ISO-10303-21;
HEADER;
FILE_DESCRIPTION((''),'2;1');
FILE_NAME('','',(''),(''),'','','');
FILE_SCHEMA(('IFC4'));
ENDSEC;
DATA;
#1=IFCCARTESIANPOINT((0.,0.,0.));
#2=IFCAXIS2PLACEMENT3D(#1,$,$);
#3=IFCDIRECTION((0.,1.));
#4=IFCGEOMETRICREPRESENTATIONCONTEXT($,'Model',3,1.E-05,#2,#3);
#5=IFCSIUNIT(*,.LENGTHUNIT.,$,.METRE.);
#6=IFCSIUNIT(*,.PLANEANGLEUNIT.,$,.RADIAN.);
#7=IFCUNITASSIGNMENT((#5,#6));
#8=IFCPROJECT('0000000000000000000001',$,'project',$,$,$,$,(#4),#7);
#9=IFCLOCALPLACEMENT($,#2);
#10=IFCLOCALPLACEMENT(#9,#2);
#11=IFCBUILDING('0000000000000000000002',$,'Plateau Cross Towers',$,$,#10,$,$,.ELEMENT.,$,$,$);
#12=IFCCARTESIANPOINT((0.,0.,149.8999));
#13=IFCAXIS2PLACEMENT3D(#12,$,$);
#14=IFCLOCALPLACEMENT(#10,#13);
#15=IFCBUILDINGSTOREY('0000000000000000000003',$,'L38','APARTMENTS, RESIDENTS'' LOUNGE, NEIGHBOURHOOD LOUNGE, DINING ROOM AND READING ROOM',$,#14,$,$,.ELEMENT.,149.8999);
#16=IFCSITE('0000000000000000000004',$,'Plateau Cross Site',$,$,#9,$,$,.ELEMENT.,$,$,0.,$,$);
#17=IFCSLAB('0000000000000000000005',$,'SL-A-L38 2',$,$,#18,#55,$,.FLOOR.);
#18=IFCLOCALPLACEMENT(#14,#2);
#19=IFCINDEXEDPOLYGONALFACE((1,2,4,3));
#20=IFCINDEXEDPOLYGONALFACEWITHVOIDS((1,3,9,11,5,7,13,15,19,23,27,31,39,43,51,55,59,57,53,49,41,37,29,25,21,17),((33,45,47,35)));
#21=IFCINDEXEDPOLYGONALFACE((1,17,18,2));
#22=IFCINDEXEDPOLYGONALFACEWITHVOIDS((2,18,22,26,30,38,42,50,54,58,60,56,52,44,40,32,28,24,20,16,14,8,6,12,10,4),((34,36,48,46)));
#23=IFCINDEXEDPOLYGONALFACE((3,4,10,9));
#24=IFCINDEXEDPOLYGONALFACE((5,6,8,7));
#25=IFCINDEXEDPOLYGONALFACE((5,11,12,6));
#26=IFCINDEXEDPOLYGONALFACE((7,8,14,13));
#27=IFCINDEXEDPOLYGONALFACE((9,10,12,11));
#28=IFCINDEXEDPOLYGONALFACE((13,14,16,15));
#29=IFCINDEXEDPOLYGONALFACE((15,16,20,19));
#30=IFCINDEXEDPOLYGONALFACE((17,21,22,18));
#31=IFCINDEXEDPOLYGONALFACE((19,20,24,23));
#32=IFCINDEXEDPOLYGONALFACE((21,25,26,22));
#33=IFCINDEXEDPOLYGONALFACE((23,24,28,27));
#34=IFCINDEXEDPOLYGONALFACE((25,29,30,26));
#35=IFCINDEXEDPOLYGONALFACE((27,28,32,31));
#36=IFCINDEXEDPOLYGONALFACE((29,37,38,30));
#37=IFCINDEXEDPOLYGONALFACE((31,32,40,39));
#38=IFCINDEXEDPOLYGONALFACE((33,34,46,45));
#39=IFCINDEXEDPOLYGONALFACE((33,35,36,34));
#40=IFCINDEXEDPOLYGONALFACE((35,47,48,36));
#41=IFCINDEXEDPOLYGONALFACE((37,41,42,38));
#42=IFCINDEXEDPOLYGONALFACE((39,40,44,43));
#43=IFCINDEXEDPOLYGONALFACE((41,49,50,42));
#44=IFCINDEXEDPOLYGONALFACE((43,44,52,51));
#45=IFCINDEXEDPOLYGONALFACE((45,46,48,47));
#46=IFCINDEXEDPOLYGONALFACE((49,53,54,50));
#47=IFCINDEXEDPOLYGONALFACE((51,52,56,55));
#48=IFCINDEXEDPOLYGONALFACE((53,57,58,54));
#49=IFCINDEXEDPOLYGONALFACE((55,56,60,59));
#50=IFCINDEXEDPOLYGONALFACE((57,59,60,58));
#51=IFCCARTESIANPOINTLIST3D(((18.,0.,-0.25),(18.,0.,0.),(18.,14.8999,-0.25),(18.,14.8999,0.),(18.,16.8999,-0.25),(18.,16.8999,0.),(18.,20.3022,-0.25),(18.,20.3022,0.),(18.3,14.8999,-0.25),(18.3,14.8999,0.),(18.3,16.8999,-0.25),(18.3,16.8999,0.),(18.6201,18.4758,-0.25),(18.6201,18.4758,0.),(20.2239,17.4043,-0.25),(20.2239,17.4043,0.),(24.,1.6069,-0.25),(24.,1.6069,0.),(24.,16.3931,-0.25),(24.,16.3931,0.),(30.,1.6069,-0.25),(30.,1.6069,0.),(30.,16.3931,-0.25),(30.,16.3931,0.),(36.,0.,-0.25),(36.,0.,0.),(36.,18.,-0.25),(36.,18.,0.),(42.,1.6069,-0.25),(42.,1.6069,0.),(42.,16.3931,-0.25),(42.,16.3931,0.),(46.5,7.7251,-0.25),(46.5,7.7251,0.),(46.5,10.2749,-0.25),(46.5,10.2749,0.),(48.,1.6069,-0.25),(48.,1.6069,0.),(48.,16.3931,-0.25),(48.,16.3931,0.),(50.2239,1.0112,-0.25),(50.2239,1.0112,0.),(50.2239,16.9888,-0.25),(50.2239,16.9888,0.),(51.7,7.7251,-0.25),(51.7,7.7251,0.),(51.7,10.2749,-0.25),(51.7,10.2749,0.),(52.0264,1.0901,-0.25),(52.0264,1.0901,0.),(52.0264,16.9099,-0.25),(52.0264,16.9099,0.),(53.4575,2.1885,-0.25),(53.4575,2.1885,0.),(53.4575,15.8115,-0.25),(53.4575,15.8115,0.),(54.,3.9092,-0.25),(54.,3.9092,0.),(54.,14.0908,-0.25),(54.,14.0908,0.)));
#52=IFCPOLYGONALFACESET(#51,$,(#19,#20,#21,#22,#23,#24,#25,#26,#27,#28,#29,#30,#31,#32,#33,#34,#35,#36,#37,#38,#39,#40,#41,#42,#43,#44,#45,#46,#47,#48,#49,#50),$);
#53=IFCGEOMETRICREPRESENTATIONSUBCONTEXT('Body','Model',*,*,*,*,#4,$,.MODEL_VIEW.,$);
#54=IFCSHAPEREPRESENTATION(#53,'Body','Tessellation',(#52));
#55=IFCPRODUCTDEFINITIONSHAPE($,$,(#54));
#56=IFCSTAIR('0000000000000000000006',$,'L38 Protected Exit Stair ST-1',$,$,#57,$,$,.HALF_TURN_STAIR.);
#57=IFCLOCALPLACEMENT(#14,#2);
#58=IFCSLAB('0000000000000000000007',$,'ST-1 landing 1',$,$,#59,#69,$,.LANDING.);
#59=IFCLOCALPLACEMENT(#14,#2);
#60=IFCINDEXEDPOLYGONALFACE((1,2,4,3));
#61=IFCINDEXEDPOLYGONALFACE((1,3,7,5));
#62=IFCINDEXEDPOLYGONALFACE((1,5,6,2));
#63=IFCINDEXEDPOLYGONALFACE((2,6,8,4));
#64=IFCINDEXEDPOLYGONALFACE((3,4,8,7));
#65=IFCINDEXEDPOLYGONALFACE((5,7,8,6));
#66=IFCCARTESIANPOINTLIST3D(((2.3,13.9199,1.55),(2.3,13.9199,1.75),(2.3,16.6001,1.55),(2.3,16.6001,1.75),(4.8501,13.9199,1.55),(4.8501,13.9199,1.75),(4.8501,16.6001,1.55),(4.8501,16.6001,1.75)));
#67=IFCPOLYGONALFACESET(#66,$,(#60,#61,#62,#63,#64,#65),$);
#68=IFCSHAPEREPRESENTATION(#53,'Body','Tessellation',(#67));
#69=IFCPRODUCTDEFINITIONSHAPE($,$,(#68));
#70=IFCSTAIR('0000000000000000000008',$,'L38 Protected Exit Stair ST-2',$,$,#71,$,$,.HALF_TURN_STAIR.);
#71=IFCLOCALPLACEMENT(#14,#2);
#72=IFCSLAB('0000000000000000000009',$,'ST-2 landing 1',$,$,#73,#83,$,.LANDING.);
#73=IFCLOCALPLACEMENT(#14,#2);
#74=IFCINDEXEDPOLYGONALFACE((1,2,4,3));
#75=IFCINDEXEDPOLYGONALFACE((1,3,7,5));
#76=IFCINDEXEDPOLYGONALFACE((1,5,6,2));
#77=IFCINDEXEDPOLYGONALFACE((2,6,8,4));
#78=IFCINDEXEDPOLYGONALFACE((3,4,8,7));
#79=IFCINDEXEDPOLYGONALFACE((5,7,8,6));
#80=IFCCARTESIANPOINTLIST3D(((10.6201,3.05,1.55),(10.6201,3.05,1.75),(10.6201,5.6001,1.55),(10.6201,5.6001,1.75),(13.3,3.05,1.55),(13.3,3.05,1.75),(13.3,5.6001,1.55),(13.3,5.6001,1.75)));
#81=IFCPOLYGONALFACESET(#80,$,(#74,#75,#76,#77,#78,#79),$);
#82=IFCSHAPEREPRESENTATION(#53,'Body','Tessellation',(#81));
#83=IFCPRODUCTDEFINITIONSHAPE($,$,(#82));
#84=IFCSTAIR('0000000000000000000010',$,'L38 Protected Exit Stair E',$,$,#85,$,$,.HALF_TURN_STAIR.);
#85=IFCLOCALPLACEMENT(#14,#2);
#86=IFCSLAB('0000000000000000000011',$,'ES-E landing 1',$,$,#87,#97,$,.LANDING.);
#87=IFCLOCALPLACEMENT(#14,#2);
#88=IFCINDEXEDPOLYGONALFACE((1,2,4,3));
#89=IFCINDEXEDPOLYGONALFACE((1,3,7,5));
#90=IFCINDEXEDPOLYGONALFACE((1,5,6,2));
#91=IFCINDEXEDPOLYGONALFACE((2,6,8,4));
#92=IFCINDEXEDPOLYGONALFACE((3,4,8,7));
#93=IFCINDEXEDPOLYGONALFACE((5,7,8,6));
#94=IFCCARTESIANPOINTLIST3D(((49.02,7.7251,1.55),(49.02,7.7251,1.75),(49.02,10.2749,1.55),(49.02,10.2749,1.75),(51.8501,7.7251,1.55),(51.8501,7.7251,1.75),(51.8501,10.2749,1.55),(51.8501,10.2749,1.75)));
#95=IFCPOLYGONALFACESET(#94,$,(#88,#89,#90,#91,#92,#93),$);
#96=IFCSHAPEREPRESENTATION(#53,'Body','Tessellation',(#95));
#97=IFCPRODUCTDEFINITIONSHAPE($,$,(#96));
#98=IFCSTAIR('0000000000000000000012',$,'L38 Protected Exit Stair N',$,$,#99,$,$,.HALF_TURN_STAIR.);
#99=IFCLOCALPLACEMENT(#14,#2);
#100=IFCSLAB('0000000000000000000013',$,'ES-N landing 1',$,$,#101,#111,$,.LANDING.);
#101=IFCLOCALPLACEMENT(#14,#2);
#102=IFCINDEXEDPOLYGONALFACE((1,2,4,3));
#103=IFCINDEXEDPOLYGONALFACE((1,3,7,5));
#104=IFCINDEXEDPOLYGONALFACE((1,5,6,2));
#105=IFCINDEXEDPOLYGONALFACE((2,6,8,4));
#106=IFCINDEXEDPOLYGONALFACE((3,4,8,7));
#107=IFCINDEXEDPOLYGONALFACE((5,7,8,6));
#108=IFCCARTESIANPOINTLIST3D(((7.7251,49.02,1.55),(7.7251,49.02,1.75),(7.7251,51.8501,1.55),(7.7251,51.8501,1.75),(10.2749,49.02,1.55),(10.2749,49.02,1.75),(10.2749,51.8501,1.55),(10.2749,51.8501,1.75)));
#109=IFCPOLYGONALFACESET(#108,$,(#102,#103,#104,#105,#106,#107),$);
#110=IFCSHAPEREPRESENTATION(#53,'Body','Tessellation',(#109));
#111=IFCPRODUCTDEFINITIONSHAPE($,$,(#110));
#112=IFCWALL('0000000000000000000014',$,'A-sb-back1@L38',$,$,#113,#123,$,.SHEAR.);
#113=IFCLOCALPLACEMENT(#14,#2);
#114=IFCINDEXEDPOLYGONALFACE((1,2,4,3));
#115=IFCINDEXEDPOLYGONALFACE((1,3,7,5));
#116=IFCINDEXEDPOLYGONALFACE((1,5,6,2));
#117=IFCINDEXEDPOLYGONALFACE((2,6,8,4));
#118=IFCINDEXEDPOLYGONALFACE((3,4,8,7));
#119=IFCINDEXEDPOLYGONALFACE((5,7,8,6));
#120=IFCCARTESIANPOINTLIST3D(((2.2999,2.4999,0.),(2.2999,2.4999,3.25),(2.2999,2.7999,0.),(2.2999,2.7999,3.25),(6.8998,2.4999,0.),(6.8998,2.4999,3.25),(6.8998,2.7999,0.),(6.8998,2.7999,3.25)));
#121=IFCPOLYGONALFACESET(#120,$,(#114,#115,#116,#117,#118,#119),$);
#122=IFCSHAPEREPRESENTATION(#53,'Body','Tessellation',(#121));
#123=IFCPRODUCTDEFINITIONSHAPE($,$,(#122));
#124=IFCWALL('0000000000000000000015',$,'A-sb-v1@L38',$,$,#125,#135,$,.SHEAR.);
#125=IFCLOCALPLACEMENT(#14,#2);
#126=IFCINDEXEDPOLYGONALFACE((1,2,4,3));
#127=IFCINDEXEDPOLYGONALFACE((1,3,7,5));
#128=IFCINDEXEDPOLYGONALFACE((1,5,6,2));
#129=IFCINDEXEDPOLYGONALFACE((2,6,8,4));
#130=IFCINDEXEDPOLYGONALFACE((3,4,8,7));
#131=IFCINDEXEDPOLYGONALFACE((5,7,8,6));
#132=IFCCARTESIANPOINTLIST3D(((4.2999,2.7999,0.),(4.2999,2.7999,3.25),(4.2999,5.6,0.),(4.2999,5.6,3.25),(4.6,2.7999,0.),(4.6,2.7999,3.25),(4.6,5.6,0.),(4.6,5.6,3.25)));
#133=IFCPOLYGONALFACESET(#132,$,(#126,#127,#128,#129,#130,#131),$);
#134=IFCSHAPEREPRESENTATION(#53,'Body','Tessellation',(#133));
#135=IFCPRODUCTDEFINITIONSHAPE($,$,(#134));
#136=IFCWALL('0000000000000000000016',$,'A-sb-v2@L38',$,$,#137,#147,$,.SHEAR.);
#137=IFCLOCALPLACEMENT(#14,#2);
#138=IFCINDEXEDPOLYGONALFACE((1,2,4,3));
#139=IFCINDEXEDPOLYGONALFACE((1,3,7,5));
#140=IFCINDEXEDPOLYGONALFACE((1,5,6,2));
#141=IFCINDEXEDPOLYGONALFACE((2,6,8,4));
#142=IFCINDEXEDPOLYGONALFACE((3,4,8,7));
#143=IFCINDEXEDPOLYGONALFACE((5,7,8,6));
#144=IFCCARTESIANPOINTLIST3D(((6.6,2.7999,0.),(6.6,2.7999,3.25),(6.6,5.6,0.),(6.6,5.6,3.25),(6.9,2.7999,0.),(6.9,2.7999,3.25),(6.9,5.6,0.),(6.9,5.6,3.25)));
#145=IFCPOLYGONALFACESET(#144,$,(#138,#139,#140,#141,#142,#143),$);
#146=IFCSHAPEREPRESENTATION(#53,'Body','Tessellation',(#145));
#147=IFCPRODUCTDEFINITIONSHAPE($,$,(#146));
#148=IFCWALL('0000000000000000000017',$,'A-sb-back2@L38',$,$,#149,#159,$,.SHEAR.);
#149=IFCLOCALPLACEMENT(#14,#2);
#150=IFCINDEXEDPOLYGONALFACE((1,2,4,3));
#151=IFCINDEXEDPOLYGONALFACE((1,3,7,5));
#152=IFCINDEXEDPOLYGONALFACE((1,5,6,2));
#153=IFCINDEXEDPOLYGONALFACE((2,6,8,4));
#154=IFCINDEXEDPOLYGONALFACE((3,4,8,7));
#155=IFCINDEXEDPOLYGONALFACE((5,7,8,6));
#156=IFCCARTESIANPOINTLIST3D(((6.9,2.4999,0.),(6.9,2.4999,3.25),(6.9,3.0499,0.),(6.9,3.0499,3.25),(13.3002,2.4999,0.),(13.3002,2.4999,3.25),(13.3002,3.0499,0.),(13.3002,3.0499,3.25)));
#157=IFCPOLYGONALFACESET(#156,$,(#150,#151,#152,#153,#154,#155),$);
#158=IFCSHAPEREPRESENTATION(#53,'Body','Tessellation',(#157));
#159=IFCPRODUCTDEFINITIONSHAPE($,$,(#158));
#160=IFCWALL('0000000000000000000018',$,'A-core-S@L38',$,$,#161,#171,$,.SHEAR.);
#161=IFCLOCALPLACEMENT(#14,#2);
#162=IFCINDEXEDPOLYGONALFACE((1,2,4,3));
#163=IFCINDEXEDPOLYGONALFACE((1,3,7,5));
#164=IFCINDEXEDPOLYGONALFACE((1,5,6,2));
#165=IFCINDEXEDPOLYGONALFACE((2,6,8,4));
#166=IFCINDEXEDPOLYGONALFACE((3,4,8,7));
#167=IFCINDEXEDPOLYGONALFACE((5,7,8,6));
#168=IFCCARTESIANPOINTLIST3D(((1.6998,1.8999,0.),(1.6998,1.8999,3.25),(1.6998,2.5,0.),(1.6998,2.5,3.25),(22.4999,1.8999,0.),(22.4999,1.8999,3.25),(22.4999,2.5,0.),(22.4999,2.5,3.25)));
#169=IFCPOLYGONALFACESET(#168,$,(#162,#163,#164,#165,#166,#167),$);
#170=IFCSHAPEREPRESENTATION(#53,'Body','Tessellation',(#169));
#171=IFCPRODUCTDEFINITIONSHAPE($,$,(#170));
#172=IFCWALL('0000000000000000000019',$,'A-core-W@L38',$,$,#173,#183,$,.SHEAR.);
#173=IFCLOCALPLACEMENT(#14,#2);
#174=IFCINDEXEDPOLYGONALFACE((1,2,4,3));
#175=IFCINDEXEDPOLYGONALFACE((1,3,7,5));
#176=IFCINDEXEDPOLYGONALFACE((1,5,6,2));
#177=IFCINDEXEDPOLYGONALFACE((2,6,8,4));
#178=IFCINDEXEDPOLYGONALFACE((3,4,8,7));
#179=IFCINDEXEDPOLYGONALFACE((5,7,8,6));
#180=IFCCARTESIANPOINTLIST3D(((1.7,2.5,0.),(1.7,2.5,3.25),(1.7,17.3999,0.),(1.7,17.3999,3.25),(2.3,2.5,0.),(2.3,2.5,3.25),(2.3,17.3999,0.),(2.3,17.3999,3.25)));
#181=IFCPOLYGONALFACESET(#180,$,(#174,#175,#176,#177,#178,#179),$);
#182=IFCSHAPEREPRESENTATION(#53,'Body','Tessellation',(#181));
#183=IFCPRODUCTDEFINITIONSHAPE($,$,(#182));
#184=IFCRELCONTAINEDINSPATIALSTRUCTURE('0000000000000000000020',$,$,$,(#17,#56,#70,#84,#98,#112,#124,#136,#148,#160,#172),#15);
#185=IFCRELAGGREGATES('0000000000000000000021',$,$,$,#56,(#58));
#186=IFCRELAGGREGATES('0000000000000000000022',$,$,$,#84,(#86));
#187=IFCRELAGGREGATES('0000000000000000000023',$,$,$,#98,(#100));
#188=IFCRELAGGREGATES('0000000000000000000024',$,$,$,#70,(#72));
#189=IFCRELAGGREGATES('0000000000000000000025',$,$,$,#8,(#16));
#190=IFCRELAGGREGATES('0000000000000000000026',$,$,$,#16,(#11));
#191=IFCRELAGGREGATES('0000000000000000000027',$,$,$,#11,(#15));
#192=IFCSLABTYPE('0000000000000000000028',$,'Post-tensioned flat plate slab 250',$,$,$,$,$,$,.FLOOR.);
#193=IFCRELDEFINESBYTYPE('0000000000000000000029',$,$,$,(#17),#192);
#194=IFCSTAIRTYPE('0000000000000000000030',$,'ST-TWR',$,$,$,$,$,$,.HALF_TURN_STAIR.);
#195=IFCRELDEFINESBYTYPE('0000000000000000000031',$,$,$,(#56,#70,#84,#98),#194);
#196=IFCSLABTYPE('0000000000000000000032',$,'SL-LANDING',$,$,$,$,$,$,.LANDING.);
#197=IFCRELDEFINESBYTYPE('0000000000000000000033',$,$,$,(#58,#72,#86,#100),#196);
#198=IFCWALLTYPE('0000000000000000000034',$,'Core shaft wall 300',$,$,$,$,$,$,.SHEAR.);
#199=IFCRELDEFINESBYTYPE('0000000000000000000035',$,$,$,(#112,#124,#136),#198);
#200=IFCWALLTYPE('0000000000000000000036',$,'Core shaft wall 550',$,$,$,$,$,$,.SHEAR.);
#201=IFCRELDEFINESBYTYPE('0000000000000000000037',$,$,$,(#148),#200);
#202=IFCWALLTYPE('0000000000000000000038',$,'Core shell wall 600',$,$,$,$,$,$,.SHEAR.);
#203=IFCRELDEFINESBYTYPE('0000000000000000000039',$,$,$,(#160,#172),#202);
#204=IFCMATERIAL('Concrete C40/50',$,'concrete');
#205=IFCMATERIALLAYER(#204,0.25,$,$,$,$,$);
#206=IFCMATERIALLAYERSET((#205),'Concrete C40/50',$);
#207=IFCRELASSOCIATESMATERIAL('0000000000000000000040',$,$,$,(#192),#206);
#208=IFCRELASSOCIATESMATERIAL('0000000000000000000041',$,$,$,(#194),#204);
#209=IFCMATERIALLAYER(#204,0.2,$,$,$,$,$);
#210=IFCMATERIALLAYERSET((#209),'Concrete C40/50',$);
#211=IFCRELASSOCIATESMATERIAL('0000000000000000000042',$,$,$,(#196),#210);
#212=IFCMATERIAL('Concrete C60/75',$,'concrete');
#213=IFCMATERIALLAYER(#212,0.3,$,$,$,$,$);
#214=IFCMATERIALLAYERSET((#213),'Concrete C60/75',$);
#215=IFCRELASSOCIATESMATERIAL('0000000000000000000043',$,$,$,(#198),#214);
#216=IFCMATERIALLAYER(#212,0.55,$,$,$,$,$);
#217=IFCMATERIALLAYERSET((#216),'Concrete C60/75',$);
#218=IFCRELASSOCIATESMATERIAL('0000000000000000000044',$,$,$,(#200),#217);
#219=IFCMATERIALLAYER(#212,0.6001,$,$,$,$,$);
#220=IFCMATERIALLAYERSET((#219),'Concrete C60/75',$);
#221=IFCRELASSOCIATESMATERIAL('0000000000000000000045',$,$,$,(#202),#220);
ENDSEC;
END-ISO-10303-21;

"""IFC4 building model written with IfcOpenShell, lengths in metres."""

from ifc_helpers import new_model, si_unit, direction, frame, frame_2d, origin, place, context, subcontext, project, spatial, polyline, rectangle, outline, extrude, material, layer, layer_set, type_object, element, aggregate, save


model = new_model("IFC4")

# Units and contexts
model_context = context("Model", 3, precision=1e-05, world=origin(), true_north=direction((0.0, 1.0)))
body_context = subcontext(model_context, "Body", "Model", "MODEL_VIEW")
ifc_project = project(units=[si_unit("LENGTHUNIT", "METRE"), si_unit("PLANEANGLEUNIT", "RADIAN")], contexts=[model_context])

# Site, building, storey
site_placement = place(None, origin())
site = spatial("IfcSite", under=ifc_project, at=site_placement, Name="Plateau Cross Site", CompositionType="ELEMENT", RefElevation=0.0)
building_placement = place(site_placement, origin())
building = spatial("IfcBuilding", under=site, at=building_placement, Name="Plateau Cross Towers", CompositionType="ELEMENT")
storey_placement = place(building_placement, frame((0.0, 0.0, 149.8999)))
storey = spatial("IfcBuildingStorey", under=building, at=storey_placement, Name="L38", Description="APARTMENTS, RESIDENTS' LOUNGE, NEIGHBOURHOOD LOUNGE, DINING ROOM AND READING ROOM", CompositionType="ELEMENT", Elevation=149.8999)

# Shared definitions
ifc_material_1 = material(Name="Concrete C60/75", Category="concrete")

# Shared definitions
ifc_material_2 = material(Name="Concrete C40/50", Category="concrete")

# Slab
ifc_layer_1 = layer(ifc_material_2, 0.25)
ifc_layer_set_1 = layer_set([ifc_layer_1], Name="Concrete C40/50")
slab_type_1 = type_object("IfcSlabType", Name="Post-tensioned flat plate slab 250", PredefinedType="FLOOR", material=ifc_layer_set_1)
slab_1_placement = place(storey_placement, frame((0.0, 0.0, -0.25)))
element("IfcSlab", 1, at=slab_1_placement, inside=storey, type_object=slab_type_1, Name="SL-A-L38 2", PredefinedType="FLOOR", context=body_context, shape_type="SweptSolid", body=[
    extrude(outline(polyline([(18.6201, 18.4758), (20.2239, 17.4043), (24.0, 16.3931), (30.0, 16.3931), (36.0, 18.0), (42.0, 16.3931), (48.0, 16.3931), (50.2239, 16.9888), (52.0264, 16.9099), (53.4575, 15.8115), (54.0, 14.0908), (54.0, 3.9092), (53.4575, 2.1885), (52.0264, 1.0901), (50.2239, 1.0112), (48.0, 1.6069), (42.0, 1.6069), (36.0, 0.0), (30.0, 1.6069), (24.0, 1.6069), (18.0, 0.0), (18.0, 14.8999), (18.3, 14.8999), (18.3, 16.8999), (18.0, 16.8999), (18.0, 20.3022), (18.6201, 18.4758)]), holes=[polyline([(46.5, 10.2749), (46.5, 7.7251), (51.7, 7.7251), (51.7, 10.2749), (46.5, 10.2749)])]), origin(), (0.0, 0.0, 1.0), 0.25),
])

# Stairs, slabs
stair_type = type_object("IfcStairType", Name="ST-TWR", PredefinedType="HALF_TURN_STAIR", material=ifc_material_2)
stair_1_placement = place(storey_placement, origin())
stair_1 = element("IfcStair", 2, at=stair_1_placement, inside=storey, type_object=stair_type, Name="L38 Protected Exit Stair ST-1", PredefinedType="HALF_TURN_STAIR")
ifc_layer_2 = layer(ifc_material_2, 0.2)
ifc_layer_set_2 = layer_set([ifc_layer_2], Name="Concrete C40/50")
slab_type_2 = type_object("IfcSlabType", Name="SL-LANDING", PredefinedType="LANDING", material=ifc_layer_set_2)
slab_2_placement = place(storey_placement, frame((0.0, 0.0, 1.55)))
slab_2 = element("IfcSlab", 3, at=slab_2_placement, type_object=slab_type_2, Name="ST-1 landing 1", PredefinedType="LANDING", context=body_context, shape_type="SweptSolid", body=[
    extrude(outline(polyline([(4.8501, 13.9199), (4.8501, 16.6001), (2.3, 16.6001), (2.3, 13.9199), (4.8501, 13.9199)])), origin(), (0.0, 0.0, 1.0), 0.2),
])
aggregate(stair_1, [slab_2])
stair_2_placement = place(storey_placement, origin())
stair_2 = element("IfcStair", 4, at=stair_2_placement, inside=storey, type_object=stair_type, Name="L38 Protected Exit Stair ST-2", PredefinedType="HALF_TURN_STAIR")
slab_3_placement = place(storey_placement, frame((0.0, 0.0, 1.55)))
slab_3 = element("IfcSlab", 5, at=slab_3_placement, type_object=slab_type_2, Name="ST-2 landing 1", PredefinedType="LANDING", context=body_context, shape_type="SweptSolid", body=[
    extrude(outline(polyline([(10.6201, 3.05), (13.3, 3.05), (13.3, 5.6001), (10.6201, 5.6001), (10.6201, 3.05)])), origin(), (0.0, 0.0, 1.0), 0.2),
])
stair_3_placement = place(storey_placement, origin())
stair_3 = element("IfcStair", 6, at=stair_3_placement, inside=storey, type_object=stair_type, Name="L38 Protected Exit Stair E", PredefinedType="HALF_TURN_STAIR")
slab_4_placement = place(storey_placement, frame((0.0, 0.0, 1.55)))
slab_4 = element("IfcSlab", 7, at=slab_4_placement, type_object=slab_type_2, Name="ES-E landing 1", PredefinedType="LANDING", context=body_context, shape_type="SweptSolid", body=[
    extrude(outline(polyline([(49.02, 7.7251), (51.8501, 7.7251), (51.8501, 10.2749), (49.02, 10.2749), (49.02, 7.7251)])), origin(), (0.0, 0.0, 1.0), 0.2),
])
aggregate(stair_3, [slab_4])
stair_4_placement = place(storey_placement, origin())
stair_4 = element("IfcStair", 8, at=stair_4_placement, inside=storey, type_object=stair_type, Name="L38 Protected Exit Stair N", PredefinedType="HALF_TURN_STAIR")
slab_5_placement = place(storey_placement, frame((0.0, 0.0, 1.55)))
slab_5 = element("IfcSlab", 9, at=slab_5_placement, type_object=slab_type_2, Name="ES-N landing 1", PredefinedType="LANDING", context=body_context, shape_type="SweptSolid", body=[
    extrude(outline(polyline([(10.2749, 49.02), (10.2749, 51.8501), (7.7251, 51.8501), (7.7251, 49.02), (10.2749, 49.02)])), origin(), (0.0, 0.0, 1.0), 0.2),
])
aggregate(stair_4, [slab_5])

# Walls
ifc_layer_3 = layer(ifc_material_1, 0.3)
ifc_layer_set_3 = layer_set([ifc_layer_3], Name="Concrete C60/75")
wall_type_1 = type_object("IfcWallType", Name="Core shaft wall 300", PredefinedType="SHEAR", material=ifc_layer_set_3)
wall_1_placement = place(storey_placement, frame((2.3, 2.6499, 0.0), z_axis=(0.0, 0.0, 1.0), x_axis=(1.0, 0.0, 0.0)))
element("IfcWall", 10, at=wall_1_placement, inside=storey, type_object=wall_type_1, Name="A-sb-back1@L38", PredefinedType="SHEAR", context=body_context, shape_type="SweptSolid", body=[
    extrude(rectangle(XDim=4.5999, YDim=0.3, at=frame_2d((2.2998, 0.0))), origin(), (0.0, 0.0, 1.0), 3.25),
])
for number, where, z_axis, x_axis, name in (
    (11, (4.45, 2.8, 0.0), (0.0, 0.0, 1.0), (0.0, 1.0, 0.0), "A-sb-v1@L38"),
    (12, (6.75, 2.8, 0.0), (0.0, 0.0, 1.0), (0.0, 1.0, 0.0), "A-sb-v2@L38"),
):
    element("IfcWall", number, at=place(storey_placement, frame(where, z_axis=z_axis, x_axis=x_axis)), inside=storey, type_object=wall_type_1, Name=name, PredefinedType="SHEAR", context=body_context, shape_type="SweptSolid", body=[
        extrude(rectangle(XDim=2.8, YDim=0.3, at=frame_2d((1.3999, 0.0))), origin(), (0.0, 0.0, 1.0), 3.25),
    ])
ifc_layer_4 = layer(ifc_material_1, 0.55)
ifc_layer_set_4 = layer_set([ifc_layer_4], Name="Concrete C60/75")
wall_type_2 = type_object("IfcWallType", Name="Core shaft wall 550", PredefinedType="SHEAR", material=ifc_layer_set_4)
wall_2_placement = place(storey_placement, frame((6.8999, 2.7749, 0.0), z_axis=(0.0, 0.0, 1.0), x_axis=(1.0, 0.0, 0.0)))
element("IfcWall", 13, at=wall_2_placement, inside=storey, type_object=wall_type_2, Name="A-sb-back2@L38", PredefinedType="SHEAR", context=body_context, shape_type="SweptSolid", body=[
    extrude(rectangle(XDim=6.4001, YDim=0.55, at=frame_2d((3.2002, 0.0))), origin(), (0.0, 0.0, 1.0), 3.25),
])
ifc_layer_5 = layer(ifc_material_1, 0.6001)
ifc_layer_set_5 = layer_set([ifc_layer_5], Name="Concrete C60/75")
wall_type_3 = type_object("IfcWallType", Name="Core shell wall 600", PredefinedType="SHEAR", material=ifc_layer_set_5)
wall_3_placement = place(storey_placement, frame((1.7, 2.2, 0.0), z_axis=(0.0, 0.0, 1.0), x_axis=(1.0, 0.0, 0.0)))
element("IfcWall", 14, at=wall_3_placement, inside=storey, type_object=wall_type_3, Name="A-core-S@L38", PredefinedType="SHEAR", context=body_context, shape_type="SweptSolid", body=[
    extrude(rectangle(XDim=20.8, YDim=0.6001, at=frame_2d((10.3999, 0.0))), origin(), (0.0, 0.0, 1.0), 3.25),
])
wall_4_placement = place(storey_placement, frame((2.0, 2.5, 0.0), z_axis=(0.0, 0.0, 1.0), x_axis=(0.0, 1.0, 0.0)))
element("IfcWall", 15, at=wall_4_placement, inside=storey, type_object=wall_type_3, Name="A-core-W@L38", PredefinedType="SHEAR", context=body_context, shape_type="SweptSolid", body=[
    extrude(rectangle(XDim=14.8999, YDim=0.6001, at=frame_2d((7.45, 0.0))), origin(), (0.0, 0.0, 1.0), 3.25),
])

aggregate(stair_2, [slab_3])

save(model, "model.ifc")
